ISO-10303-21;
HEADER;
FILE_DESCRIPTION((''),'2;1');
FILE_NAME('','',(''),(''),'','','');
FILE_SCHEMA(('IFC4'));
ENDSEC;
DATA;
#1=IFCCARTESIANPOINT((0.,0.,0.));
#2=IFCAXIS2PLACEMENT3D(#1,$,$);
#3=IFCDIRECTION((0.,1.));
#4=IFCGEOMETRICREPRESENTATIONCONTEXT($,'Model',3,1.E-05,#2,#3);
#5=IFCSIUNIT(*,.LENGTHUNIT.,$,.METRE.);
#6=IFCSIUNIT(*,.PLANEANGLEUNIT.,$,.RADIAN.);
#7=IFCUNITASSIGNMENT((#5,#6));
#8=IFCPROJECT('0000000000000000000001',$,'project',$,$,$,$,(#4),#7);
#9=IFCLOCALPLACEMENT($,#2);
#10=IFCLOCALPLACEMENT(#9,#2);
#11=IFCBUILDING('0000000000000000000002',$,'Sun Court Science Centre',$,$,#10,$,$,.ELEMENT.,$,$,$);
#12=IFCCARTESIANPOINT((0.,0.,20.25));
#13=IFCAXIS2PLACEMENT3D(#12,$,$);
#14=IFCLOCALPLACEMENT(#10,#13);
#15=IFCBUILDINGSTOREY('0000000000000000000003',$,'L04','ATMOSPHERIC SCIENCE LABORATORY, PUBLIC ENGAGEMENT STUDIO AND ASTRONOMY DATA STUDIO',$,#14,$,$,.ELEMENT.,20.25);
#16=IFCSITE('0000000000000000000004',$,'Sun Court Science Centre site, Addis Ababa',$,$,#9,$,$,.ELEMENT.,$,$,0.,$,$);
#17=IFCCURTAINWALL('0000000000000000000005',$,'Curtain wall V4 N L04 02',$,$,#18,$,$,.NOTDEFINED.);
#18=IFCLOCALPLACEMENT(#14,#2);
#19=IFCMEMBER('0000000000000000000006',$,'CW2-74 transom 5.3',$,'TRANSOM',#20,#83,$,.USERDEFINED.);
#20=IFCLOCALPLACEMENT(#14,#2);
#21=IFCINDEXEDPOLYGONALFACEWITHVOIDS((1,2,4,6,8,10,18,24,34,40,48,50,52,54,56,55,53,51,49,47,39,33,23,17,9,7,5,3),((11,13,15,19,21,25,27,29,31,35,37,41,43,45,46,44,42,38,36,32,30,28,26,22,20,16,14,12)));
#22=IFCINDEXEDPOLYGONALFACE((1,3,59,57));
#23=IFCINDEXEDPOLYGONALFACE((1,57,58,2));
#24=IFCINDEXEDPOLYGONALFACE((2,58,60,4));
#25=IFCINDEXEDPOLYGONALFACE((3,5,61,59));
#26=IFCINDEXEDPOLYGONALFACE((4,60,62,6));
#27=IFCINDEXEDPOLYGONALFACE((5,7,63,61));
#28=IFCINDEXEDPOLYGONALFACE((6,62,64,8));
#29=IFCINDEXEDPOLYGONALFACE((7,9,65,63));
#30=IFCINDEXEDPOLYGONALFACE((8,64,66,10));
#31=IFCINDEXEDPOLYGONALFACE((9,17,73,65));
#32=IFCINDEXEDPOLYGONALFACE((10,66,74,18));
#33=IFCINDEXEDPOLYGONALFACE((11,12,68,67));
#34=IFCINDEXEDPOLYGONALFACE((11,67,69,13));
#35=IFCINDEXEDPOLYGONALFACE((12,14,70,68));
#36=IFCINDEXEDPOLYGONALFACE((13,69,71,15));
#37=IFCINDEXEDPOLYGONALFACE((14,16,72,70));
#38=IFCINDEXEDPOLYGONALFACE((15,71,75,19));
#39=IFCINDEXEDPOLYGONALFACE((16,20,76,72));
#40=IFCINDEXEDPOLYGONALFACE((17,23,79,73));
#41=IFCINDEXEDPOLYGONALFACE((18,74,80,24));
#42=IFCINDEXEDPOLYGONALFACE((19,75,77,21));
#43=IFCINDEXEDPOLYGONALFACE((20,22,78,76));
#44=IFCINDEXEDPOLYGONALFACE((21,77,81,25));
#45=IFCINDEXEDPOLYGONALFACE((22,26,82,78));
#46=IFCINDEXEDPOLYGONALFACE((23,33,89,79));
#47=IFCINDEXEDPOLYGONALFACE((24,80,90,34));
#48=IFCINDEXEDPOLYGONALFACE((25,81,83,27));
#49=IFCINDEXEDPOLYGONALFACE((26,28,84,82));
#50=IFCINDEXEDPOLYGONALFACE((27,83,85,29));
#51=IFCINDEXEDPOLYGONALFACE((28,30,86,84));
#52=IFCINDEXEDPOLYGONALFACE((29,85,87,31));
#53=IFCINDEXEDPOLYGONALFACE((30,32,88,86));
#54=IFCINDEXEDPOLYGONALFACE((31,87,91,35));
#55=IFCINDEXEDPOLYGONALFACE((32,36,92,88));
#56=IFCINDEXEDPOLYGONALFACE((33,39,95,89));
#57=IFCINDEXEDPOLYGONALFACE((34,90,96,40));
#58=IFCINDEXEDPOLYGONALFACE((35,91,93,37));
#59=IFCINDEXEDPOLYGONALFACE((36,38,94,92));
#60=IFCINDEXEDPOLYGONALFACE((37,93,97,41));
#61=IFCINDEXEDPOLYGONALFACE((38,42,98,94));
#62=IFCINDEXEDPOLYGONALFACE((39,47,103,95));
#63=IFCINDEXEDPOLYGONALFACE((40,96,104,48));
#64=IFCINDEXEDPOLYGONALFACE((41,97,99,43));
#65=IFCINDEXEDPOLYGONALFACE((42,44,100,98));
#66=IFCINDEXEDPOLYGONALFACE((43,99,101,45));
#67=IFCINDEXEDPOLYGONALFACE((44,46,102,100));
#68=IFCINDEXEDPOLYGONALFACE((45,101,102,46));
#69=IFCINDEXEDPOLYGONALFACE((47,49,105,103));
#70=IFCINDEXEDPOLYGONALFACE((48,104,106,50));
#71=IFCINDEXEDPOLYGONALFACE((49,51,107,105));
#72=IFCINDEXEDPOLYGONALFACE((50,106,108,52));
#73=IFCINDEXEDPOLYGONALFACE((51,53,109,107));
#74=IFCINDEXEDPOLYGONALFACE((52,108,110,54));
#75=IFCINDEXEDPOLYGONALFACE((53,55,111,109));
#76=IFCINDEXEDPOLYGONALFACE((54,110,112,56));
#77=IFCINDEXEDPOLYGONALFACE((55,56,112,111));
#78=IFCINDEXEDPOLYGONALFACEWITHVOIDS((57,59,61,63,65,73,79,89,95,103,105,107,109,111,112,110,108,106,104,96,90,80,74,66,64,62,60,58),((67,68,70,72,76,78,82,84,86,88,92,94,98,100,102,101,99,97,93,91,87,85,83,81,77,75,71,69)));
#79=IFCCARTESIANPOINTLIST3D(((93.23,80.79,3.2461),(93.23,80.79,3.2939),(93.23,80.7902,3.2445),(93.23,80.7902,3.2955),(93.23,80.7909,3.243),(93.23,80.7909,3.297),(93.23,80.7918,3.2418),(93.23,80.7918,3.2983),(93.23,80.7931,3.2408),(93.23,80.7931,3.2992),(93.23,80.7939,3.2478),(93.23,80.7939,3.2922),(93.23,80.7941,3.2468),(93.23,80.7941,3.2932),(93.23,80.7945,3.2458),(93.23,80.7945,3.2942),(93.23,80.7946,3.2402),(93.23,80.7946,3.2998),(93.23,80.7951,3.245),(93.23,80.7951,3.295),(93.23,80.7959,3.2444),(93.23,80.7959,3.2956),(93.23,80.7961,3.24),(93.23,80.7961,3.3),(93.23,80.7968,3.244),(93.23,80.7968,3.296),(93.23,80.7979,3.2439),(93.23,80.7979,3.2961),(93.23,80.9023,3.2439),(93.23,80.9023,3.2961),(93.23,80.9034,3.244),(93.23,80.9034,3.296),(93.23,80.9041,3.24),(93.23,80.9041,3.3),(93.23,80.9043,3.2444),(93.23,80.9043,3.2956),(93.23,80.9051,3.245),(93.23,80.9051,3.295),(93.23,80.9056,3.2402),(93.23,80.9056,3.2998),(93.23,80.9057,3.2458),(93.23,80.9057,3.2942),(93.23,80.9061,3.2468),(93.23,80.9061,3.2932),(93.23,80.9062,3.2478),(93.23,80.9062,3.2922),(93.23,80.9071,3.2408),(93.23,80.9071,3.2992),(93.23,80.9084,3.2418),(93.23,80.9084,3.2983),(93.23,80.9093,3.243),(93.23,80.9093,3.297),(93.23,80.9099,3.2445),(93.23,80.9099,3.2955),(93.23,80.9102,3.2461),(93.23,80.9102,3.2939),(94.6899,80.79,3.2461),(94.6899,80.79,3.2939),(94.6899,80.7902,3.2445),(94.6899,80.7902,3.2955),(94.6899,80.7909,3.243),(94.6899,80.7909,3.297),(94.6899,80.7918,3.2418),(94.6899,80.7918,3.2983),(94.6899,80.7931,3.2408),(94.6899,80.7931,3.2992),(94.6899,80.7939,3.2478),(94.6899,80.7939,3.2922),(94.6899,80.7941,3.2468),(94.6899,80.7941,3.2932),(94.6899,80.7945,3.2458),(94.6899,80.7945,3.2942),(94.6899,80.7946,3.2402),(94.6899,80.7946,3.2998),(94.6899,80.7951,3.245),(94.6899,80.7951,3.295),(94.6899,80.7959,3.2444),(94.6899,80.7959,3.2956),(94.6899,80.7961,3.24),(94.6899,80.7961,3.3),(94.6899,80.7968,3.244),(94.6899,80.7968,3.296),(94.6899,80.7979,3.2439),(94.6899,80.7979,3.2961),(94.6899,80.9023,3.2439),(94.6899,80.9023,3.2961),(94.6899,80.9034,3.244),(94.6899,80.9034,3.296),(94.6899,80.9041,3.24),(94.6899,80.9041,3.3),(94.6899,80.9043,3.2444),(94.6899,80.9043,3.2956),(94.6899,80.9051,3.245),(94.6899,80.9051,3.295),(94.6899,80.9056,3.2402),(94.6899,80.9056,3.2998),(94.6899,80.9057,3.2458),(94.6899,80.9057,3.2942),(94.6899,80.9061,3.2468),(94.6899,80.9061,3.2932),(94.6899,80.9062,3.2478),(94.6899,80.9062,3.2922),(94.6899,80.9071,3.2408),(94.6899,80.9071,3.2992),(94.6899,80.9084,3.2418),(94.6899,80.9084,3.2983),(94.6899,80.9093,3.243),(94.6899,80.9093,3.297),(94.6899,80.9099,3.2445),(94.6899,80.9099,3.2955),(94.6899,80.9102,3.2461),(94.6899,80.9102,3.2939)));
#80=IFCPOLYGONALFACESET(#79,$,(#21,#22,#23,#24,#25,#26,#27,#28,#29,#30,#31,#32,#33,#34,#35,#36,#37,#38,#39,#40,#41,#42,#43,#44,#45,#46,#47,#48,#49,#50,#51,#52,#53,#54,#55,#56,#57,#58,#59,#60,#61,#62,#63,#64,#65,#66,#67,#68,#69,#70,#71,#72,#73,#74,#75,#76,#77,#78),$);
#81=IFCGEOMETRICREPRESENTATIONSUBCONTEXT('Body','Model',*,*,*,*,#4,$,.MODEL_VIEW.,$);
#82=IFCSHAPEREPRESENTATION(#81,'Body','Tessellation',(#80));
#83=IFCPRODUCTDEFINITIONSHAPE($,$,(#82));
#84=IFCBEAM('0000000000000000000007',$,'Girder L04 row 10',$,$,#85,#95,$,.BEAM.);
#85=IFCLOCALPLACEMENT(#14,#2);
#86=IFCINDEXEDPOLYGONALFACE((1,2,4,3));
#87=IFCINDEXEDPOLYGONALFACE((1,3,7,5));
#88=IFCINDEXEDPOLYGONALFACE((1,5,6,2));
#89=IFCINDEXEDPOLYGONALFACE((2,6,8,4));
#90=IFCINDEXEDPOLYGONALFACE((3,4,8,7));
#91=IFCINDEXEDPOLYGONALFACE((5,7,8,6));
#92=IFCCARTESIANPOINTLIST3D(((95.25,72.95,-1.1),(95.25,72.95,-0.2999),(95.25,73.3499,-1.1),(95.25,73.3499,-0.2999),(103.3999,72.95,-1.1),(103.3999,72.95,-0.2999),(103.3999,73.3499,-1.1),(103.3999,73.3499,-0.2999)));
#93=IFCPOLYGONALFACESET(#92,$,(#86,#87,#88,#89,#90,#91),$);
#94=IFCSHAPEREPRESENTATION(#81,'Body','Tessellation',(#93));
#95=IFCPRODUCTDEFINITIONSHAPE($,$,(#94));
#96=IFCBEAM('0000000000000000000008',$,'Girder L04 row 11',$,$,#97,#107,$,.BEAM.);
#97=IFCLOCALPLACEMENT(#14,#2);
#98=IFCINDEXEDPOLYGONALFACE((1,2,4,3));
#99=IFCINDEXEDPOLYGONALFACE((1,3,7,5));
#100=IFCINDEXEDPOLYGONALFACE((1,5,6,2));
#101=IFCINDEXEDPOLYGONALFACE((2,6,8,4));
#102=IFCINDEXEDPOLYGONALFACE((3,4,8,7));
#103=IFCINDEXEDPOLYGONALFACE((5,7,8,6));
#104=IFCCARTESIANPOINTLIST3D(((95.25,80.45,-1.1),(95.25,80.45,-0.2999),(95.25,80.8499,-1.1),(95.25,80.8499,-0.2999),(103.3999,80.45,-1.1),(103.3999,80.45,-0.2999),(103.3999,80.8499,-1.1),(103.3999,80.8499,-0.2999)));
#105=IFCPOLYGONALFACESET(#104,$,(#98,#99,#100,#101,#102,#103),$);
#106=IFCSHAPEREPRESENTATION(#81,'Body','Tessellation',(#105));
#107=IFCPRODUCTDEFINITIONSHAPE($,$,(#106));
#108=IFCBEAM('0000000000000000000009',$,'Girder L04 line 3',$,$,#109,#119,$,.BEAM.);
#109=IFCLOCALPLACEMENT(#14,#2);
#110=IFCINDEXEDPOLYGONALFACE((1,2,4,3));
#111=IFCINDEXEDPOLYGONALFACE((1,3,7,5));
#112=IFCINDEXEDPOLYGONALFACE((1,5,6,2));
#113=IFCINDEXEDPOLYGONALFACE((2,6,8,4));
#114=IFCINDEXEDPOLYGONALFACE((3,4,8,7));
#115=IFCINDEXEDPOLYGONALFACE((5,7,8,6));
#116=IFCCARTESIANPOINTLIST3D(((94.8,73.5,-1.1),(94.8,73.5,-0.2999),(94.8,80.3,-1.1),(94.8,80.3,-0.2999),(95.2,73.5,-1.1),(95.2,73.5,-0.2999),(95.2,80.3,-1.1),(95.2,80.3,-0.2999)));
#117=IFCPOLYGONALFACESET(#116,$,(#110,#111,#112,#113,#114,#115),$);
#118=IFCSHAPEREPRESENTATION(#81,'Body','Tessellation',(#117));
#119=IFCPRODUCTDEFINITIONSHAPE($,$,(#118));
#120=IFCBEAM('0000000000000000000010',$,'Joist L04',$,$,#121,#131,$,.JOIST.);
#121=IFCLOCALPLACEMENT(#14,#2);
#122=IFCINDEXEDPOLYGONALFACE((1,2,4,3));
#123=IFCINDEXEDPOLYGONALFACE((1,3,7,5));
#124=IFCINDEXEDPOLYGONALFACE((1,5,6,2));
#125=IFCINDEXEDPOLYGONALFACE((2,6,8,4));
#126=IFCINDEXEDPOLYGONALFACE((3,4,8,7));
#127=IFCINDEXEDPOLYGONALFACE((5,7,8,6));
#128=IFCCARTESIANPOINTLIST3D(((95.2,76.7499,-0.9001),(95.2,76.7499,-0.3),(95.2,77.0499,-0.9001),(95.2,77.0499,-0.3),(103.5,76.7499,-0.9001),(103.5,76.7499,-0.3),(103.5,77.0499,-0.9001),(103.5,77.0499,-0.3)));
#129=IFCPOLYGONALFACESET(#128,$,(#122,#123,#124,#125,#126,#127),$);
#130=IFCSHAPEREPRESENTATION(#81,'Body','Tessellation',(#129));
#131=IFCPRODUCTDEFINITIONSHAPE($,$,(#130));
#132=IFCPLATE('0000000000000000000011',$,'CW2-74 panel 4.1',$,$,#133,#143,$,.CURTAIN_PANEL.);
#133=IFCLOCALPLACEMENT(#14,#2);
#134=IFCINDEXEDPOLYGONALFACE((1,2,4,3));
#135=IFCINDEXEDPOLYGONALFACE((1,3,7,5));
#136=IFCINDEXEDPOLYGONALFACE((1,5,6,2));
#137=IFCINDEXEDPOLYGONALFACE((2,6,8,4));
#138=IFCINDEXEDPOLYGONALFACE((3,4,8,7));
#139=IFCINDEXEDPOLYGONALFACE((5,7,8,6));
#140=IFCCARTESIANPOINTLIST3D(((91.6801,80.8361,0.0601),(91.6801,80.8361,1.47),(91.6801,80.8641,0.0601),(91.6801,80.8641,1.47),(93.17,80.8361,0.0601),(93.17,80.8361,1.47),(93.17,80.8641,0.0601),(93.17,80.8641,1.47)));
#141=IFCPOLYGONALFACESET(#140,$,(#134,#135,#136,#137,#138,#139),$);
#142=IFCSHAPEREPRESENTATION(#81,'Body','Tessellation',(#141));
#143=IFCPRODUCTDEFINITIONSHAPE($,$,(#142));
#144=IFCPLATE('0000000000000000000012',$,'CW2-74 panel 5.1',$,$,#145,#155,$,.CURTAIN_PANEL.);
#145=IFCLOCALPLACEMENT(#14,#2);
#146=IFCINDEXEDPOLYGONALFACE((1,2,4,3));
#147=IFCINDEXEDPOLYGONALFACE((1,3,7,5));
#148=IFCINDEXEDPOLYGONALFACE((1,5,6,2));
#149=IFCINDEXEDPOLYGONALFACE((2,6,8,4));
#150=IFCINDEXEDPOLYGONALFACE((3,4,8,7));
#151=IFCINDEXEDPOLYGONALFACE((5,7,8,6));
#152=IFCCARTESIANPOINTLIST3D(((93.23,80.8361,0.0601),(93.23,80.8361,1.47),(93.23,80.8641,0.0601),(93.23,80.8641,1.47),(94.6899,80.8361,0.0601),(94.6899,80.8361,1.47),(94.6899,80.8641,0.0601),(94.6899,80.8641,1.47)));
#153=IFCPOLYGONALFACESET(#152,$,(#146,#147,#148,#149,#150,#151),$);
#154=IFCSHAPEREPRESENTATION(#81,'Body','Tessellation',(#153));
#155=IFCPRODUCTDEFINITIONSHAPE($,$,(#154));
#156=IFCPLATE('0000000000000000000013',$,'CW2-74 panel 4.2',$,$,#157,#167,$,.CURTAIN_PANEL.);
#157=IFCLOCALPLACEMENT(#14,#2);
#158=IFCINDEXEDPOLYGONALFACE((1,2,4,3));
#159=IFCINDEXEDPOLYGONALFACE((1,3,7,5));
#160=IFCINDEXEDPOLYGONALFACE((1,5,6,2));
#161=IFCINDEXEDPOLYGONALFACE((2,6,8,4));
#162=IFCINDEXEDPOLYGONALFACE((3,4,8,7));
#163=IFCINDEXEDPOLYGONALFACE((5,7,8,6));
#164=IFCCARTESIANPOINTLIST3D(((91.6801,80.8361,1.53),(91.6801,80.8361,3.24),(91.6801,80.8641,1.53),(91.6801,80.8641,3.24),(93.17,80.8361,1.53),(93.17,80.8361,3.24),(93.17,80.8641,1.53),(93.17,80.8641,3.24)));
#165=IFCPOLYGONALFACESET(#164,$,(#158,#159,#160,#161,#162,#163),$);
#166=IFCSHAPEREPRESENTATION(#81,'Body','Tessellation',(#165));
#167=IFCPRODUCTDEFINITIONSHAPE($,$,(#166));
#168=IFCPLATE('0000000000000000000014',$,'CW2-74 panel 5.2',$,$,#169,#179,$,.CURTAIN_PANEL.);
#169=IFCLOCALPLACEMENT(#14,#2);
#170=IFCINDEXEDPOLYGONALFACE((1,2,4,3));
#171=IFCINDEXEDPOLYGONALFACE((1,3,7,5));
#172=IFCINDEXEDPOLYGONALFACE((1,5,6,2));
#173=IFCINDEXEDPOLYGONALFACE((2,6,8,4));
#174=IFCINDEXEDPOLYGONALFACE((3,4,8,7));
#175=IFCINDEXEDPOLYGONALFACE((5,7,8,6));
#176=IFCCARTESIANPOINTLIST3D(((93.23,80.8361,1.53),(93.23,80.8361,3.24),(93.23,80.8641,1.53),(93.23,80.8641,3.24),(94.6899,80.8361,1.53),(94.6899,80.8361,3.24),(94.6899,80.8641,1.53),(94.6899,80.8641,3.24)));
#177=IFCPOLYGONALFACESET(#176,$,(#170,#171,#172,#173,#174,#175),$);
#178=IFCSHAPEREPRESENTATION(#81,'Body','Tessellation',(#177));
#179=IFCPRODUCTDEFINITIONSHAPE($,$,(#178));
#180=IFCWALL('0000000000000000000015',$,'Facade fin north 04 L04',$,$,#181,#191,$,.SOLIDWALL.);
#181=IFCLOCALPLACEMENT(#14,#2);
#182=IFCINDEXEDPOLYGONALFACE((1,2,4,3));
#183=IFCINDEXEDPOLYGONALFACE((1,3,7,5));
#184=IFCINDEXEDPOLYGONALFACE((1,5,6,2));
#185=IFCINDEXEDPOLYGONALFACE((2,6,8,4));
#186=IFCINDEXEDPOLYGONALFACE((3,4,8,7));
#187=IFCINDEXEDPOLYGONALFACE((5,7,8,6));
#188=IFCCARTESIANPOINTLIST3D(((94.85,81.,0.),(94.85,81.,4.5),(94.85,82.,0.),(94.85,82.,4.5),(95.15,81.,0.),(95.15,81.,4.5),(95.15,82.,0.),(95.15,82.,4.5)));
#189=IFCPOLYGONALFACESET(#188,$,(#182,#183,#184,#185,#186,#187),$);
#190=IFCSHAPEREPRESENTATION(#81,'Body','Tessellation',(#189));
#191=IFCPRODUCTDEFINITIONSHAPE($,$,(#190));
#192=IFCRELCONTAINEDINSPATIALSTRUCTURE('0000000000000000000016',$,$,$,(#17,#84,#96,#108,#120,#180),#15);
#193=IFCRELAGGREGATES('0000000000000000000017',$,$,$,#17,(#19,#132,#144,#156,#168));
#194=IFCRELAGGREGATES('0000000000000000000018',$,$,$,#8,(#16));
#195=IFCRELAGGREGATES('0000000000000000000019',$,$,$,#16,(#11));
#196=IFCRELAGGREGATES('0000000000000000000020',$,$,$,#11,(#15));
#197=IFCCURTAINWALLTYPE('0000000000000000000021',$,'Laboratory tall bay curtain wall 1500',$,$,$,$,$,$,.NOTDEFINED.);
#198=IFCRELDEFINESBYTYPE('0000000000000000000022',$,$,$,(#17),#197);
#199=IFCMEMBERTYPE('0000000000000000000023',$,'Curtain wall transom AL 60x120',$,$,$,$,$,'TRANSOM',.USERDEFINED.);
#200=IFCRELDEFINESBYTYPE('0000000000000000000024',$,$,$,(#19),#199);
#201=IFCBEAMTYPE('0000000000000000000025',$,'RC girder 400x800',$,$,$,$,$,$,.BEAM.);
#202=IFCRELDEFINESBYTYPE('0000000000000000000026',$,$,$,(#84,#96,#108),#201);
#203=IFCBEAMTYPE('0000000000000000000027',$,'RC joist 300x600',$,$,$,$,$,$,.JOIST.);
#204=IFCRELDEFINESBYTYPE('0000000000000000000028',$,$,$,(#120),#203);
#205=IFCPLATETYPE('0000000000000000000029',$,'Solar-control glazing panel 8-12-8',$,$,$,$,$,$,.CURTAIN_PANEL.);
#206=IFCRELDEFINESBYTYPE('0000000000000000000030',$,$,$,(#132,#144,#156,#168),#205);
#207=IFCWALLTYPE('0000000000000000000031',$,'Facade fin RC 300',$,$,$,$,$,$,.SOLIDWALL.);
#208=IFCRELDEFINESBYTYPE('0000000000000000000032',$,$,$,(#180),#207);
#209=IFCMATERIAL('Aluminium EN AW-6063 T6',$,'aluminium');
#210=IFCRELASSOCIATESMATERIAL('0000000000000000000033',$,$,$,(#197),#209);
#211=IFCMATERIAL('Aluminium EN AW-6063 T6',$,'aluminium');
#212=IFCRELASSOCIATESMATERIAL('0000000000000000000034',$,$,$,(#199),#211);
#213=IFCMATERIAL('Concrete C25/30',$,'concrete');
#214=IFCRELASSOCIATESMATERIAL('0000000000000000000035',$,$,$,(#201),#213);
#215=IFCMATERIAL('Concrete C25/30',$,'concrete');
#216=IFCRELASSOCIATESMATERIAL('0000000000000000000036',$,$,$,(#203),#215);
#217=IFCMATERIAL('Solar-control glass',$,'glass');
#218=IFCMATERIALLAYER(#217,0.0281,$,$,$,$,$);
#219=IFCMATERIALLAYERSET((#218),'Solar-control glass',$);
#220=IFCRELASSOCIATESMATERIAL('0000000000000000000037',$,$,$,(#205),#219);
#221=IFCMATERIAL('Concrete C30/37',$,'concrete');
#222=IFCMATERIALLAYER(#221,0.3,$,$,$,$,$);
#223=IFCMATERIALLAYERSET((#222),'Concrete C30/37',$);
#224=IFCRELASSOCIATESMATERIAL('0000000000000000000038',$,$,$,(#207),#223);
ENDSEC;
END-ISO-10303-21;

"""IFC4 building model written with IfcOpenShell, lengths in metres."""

from ifc_helpers import new_model, si_unit, direction, frame, frame_2d, origin, origin_2d, place, context, subcontext, project, spatial, rectangle, hollow_rectangle, extrude, material, layer, layer_set, material_profile, profile_set, type_object, element, aggregate, save


model = new_model("IFC4")

# Units and contexts
model_context = context("Model", 3, precision=1e-05, world=origin(), true_north=direction((0.0, 1.0)))
body_context = subcontext(model_context, "Body", "Model", "MODEL_VIEW")
ifc_project = project(units=[si_unit("LENGTHUNIT", "METRE"), si_unit("PLANEANGLEUNIT", "RADIAN")], contexts=[model_context])

# Site, building, storey
site_placement = place(None, origin())
site = spatial("IfcSite", under=ifc_project, at=site_placement, Name="Sun Court Science Centre site, Addis Ababa", CompositionType="ELEMENT", RefElevation=0.0)
building_placement = place(site_placement, origin())
building = spatial("IfcBuilding", under=site, at=building_placement, Name="Sun Court Science Centre", CompositionType="ELEMENT")
storey_placement = place(building_placement, frame((0.0, 0.0, 20.25)))
storey = spatial("IfcBuildingStorey", under=building, at=storey_placement, Name="L04", Description="ATMOSPHERIC SCIENCE LABORATORY, PUBLIC ENGAGEMENT STUDIO AND ASTRONOMY DATA STUDIO", CompositionType="ELEMENT", Elevation=20.25)

# Curtain wall, member
ifc_material_1 = material(Name="Aluminium EN AW-6063 T6", Category="aluminium")
curtain_wall_type = type_object("IfcCurtainWallType", Name="Laboratory tall bay curtain wall 1500", PredefinedType="NOTDEFINED", material=ifc_material_1)
curtain_wall_placement = place(storey_placement, origin())
curtain_wall = element("IfcCurtainWall", 1, at=curtain_wall_placement, inside=storey, type_object=curtain_wall_type, Name="Curtain wall V4 N L04 02", PredefinedType="NOTDEFINED")
ifc_material_2 = material(Name="Aluminium EN AW-6063 T6", Category="aluminium")
ifc_material_profile_1 = material_profile(ifc_material_2, hollow_rectangle(XDim=0.0601, YDim=0.1201, WallThickness=0.0039, InnerFilletRadius=0.0039, OuterFilletRadius=0.0061, at=origin_2d()), Name="AL 60x120x4")
ifc_profile_set_1 = profile_set([ifc_material_profile_1], Name="Aluminium EN AW-6063 T6")
member_type_1 = type_object("IfcMemberType", Name="Curtain wall transom AL 60x120", ElementType="TRANSOM", PredefinedType="USERDEFINED", material=ifc_profile_set_1)
member_1_placement = place(storey_placement, frame((93.23, 80.8501, 3.27), z_axis=(1.0, 0.0, 0.0), x_axis=(0.0, 0.0, 1.0)))
member_1 = element("IfcMember", 2, at=member_1_placement, type_object=member_type_1, Name="CW2-74 transom 5.3", ObjectType="TRANSOM", PredefinedType="USERDEFINED", context=body_context, shape_type="SweptSolid", body=[
    extrude(hollow_rectangle(XDim=0.0601, YDim=0.1201, WallThickness=0.0039, InnerFilletRadius=0.0039, OuterFilletRadius=0.0061, at=origin_2d()), origin(), (0.0, 0.0, 1.0), 1.46),
])

# Beams
ifc_material_3 = material(Name="Concrete C25/30", Category="concrete")
ifc_material_profile_2 = material_profile(ifc_material_3, rectangle(XDim=0.3999, YDim=0.8, at=origin_2d()), Name="RC 400x800")
ifc_profile_set_2 = profile_set([ifc_material_profile_2], Name="Concrete C25/30")
beam_type_1 = type_object("IfcBeamType", Name="RC girder 400x800", PredefinedType="BEAM", material=ifc_profile_set_2)
for number, where, z_axis, x_axis, name in (
    (3, (95.25, 73.1499, -0.7), (1.0, 0.0, 0.0), (0.0, 1.0, 0.0), "Girder L04 row 10"),
    (4, (95.25, 80.6499, -0.7), (1.0, 0.0, 0.0), (0.0, 1.0, 0.0), "Girder L04 row 11"),
):
    element("IfcBeam", number, at=place(storey_placement, frame(where, z_axis=z_axis, x_axis=x_axis)), inside=storey, type_object=beam_type_1, Name=name, PredefinedType="BEAM", context=body_context, shape_type="SweptSolid", body=[
        extrude(rectangle(XDim=0.3999, YDim=0.8, at=origin_2d()), origin(), (0.0, 0.0, 1.0), 8.1499),
    ])
beam_1_placement = place(storey_placement, frame((95.0, 73.5, -0.7), z_axis=(0.0, 1.0, 0.0), x_axis=(-1.0, 0.0, 0.0)))
element("IfcBeam", 5, at=beam_1_placement, inside=storey, type_object=beam_type_1, Name="Girder L04 line 3", PredefinedType="BEAM", context=body_context, shape_type="SweptSolid", body=[
    extrude(rectangle(XDim=0.3999, YDim=0.8, at=origin_2d()), origin(), (0.0, 0.0, 1.0), 6.8),
])
ifc_material_4 = material(Name="Concrete C25/30", Category="concrete")
ifc_material_profile_3 = material_profile(ifc_material_4, rectangle(XDim=0.3, YDim=0.6001, at=origin_2d()), Name="RC 300x600")
ifc_profile_set_3 = profile_set([ifc_material_profile_3], Name="Concrete C25/30")
beam_type_2 = type_object("IfcBeamType", Name="RC joist 300x600", PredefinedType="JOIST", material=ifc_profile_set_3)
beam_2_placement = place(storey_placement, frame((95.2, 76.8999, -0.6001), z_axis=(1.0, 0.0, 0.0), x_axis=(0.0, 1.0, 0.0)))
element("IfcBeam", 6, at=beam_2_placement, inside=storey, type_object=beam_type_2, Name="Joist L04", PredefinedType="JOIST", context=body_context, shape_type="SweptSolid", body=[
    extrude(rectangle(XDim=0.3, YDim=0.6001, at=origin_2d()), origin(), (0.0, 0.0, 1.0), 8.3),
])

# Plates
ifc_material_5 = material(Name="Solar-control glass", Category="glass")
ifc_layer_1 = layer(ifc_material_5, 0.0281)
ifc_layer_set_1 = layer_set([ifc_layer_1], Name="Solar-control glass")
plate_type = type_object("IfcPlateType", Name="Solar-control glazing panel 8-12-8", PredefinedType="CURTAIN_PANEL", material=ifc_layer_set_1)
plate_1_placement = place(storey_placement, frame((92.425, 80.8501, 0.0601), z_axis=(0.0, 0.0, 1.0), x_axis=(1.0, 0.0, 0.0)))
plate_1 = element("IfcPlate", 7, at=plate_1_placement, type_object=plate_type, Name="CW2-74 panel 4.1", PredefinedType="CURTAIN_PANEL", context=body_context, shape_type="SweptSolid", body=[
    extrude(rectangle(XDim=1.49, YDim=0.0281, at=origin_2d()), origin(), (0.0, 0.0, 1.0), 1.4099),
])
plate_2_placement = place(storey_placement, frame((93.96, 80.8501, 0.0601), z_axis=(0.0, 0.0, 1.0), x_axis=(1.0, 0.0, 0.0)))
plate_2 = element("IfcPlate", 8, at=plate_2_placement, type_object=plate_type, Name="CW2-74 panel 5.1", PredefinedType="CURTAIN_PANEL", context=body_context, shape_type="SweptSolid", body=[
    extrude(rectangle(XDim=1.46, YDim=0.0281, at=origin_2d()), origin(), (0.0, 0.0, 1.0), 1.4099),
])
plate_3_placement = place(storey_placement, frame((92.425, 80.8501, 1.53), z_axis=(0.0, 0.0, 1.0), x_axis=(1.0, 0.0, 0.0)))
plate_3 = element("IfcPlate", 9, at=plate_3_placement, type_object=plate_type, Name="CW2-74 panel 4.2", PredefinedType="CURTAIN_PANEL", context=body_context, shape_type="SweptSolid", body=[
    extrude(rectangle(XDim=1.49, YDim=0.0281, at=origin_2d()), origin(), (0.0, 0.0, 1.0), 1.71),
])
plate_4_placement = place(storey_placement, frame((93.96, 80.8501, 1.53), z_axis=(0.0, 0.0, 1.0), x_axis=(1.0, 0.0, 0.0)))
plate_4 = element("IfcPlate", 10, at=plate_4_placement, type_object=plate_type, Name="CW2-74 panel 5.2", PredefinedType="CURTAIN_PANEL", context=body_context, shape_type="SweptSolid", body=[
    extrude(rectangle(XDim=1.46, YDim=0.0281, at=origin_2d()), origin(), (0.0, 0.0, 1.0), 1.71),
])
aggregate(curtain_wall, [member_1, plate_1, plate_2, plate_3, plate_4])

# Wall
ifc_material_6 = material(Name="Concrete C30/37", Category="concrete")
ifc_layer_2 = layer(ifc_material_6, 0.3)
ifc_layer_set_2 = layer_set([ifc_layer_2], Name="Concrete C30/37")
wall_type = type_object("IfcWallType", Name="Facade fin RC 300", PredefinedType="SOLIDWALL", material=ifc_layer_set_2)
wall_placement = place(storey_placement, frame((95.0, 81.0, 0.0), z_axis=(0.0, 0.0, 1.0), x_axis=(0.0, 1.0, 0.0)))
element("IfcWall", 11, at=wall_placement, inside=storey, type_object=wall_type, Name="Facade fin north 04 L04", PredefinedType="SOLIDWALL", context=body_context, shape_type="SweptSolid", body=[
    extrude(rectangle(XDim=1.0, YDim=0.3, at=frame_2d((0.5, 0.0))), origin(), (0.0, 0.0, 1.0), 4.5),
])

save(model, "model.ifc")
